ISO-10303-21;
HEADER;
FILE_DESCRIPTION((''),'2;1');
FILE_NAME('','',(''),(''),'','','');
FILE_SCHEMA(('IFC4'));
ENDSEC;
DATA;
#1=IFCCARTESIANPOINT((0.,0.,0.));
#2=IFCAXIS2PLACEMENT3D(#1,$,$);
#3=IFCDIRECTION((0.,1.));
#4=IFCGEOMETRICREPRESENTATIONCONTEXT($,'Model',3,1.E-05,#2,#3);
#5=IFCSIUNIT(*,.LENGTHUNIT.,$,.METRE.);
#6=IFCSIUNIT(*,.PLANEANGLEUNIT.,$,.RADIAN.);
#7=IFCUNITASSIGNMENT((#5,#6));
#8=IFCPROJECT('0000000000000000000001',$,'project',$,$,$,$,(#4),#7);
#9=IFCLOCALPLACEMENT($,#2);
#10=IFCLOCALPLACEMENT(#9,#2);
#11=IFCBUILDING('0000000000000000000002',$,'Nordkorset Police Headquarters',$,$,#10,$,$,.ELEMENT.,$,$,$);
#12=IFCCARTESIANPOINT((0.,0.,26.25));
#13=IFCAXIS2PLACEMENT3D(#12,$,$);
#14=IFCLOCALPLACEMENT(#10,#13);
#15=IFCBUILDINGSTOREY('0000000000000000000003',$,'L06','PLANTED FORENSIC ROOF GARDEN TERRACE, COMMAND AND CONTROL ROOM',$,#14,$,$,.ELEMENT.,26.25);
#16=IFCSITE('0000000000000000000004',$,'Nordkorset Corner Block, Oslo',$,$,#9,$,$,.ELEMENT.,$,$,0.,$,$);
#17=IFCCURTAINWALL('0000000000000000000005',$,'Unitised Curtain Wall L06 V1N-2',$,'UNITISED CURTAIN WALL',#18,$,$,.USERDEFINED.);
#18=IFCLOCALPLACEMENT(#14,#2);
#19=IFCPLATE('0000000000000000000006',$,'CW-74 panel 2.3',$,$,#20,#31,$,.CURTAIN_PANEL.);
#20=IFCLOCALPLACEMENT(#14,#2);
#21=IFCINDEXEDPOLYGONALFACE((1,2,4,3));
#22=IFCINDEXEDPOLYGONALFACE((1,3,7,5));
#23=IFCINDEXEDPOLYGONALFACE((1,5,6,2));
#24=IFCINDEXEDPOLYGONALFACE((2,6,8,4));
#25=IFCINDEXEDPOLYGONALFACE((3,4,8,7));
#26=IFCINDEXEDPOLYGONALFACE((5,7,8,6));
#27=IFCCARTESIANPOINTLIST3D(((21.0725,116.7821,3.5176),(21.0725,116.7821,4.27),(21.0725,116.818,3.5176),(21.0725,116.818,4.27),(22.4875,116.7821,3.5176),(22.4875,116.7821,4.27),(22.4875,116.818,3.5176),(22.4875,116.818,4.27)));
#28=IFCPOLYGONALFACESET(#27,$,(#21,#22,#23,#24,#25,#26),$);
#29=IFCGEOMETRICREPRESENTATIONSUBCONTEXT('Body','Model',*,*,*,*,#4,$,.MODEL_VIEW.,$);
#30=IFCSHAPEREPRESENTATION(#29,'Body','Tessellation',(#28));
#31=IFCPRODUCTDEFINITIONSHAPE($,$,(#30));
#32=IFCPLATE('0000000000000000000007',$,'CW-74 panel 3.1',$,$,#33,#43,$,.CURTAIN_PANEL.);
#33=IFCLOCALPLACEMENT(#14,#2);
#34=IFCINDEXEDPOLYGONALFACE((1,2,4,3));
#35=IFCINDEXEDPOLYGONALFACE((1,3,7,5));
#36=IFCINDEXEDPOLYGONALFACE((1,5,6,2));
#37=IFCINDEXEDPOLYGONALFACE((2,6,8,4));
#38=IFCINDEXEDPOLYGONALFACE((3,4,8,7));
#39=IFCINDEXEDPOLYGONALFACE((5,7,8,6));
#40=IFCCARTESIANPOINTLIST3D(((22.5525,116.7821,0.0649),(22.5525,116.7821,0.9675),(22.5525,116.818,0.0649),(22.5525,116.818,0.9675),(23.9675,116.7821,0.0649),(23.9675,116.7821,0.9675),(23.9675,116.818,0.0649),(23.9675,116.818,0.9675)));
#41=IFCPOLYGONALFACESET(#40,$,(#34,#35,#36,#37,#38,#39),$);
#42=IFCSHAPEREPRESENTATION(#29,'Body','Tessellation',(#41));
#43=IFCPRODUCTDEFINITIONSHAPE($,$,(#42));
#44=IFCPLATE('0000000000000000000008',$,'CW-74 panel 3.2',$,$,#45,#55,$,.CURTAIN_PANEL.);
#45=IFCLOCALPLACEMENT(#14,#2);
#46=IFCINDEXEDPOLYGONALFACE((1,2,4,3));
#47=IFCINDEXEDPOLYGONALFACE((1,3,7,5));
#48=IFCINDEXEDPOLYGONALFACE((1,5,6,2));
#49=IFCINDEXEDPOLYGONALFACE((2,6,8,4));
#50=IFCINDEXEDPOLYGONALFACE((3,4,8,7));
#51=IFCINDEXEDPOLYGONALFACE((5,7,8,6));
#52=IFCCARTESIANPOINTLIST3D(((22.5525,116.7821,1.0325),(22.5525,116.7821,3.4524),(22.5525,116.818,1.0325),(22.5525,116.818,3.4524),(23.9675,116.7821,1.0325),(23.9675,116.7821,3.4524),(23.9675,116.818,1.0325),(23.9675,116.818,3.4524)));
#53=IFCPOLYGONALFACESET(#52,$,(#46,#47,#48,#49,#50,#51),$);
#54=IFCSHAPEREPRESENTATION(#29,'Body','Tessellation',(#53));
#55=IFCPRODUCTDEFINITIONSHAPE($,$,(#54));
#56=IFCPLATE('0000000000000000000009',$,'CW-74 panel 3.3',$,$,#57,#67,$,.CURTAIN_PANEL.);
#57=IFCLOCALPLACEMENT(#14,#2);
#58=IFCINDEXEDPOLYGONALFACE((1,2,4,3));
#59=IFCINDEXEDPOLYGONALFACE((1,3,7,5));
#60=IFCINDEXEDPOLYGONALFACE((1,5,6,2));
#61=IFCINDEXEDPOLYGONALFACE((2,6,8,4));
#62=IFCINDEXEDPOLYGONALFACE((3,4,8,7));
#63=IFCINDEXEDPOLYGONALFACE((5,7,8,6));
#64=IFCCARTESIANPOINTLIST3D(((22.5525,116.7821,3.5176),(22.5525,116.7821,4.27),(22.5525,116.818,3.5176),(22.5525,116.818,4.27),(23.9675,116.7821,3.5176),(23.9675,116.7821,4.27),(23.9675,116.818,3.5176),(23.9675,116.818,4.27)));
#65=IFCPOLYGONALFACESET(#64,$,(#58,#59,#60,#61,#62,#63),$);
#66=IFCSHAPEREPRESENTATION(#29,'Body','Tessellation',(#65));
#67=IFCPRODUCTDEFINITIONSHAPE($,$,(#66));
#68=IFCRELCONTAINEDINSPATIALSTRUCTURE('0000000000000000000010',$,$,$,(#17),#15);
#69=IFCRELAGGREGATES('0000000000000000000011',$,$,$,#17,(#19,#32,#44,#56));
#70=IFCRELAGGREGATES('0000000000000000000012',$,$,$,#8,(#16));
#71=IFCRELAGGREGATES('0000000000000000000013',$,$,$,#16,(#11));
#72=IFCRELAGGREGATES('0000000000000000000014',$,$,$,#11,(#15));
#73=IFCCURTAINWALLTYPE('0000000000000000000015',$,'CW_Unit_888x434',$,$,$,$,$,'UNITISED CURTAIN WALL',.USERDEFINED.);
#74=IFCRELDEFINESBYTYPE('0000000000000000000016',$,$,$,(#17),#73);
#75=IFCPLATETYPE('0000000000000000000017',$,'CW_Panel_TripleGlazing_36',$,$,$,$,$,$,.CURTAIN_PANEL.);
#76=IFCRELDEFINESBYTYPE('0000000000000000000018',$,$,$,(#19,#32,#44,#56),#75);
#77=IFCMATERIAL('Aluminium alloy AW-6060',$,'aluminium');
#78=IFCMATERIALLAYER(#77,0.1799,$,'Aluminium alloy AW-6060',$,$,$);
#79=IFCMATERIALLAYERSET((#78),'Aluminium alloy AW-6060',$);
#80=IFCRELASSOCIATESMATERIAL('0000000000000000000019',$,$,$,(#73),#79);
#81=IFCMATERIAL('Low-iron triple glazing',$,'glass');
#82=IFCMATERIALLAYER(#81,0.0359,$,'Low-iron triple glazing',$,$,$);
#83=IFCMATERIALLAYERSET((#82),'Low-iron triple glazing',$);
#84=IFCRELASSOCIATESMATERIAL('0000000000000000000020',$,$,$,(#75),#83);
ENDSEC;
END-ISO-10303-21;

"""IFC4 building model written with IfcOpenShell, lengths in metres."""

from ifc_helpers import new_model, si_unit, direction, frame, origin, origin_2d, place, context, subcontext, project, spatial, rectangle, extrude, material, layer, layer_set, type_object, element, aggregate, save


model = new_model("IFC4")

# Units and contexts
model_context = context("Model", 3, precision=1e-05, world=origin(), true_north=direction((0.0, 1.0)))
body_context = subcontext(model_context, "Body", "Model", "MODEL_VIEW")
ifc_project = project(units=[si_unit("LENGTHUNIT", "METRE"), si_unit("PLANEANGLEUNIT", "RADIAN")], contexts=[model_context])

# Site, building, storey
site_placement = place(None, origin())
site = spatial("IfcSite", under=ifc_project, at=site_placement, Name="Nordkorset Corner Block, Oslo", CompositionType="ELEMENT", RefElevation=0.0)
building_placement = place(site_placement, origin())
building = spatial("IfcBuilding", under=site, at=building_placement, Name="Nordkorset Police Headquarters", CompositionType="ELEMENT")
storey_placement = place(building_placement, frame((0.0, 0.0, 26.25)))
storey = spatial("IfcBuildingStorey", under=building, at=storey_placement, Name="L06", Description="PLANTED FORENSIC ROOF GARDEN TERRACE, COMMAND AND CONTROL ROOM", CompositionType="ELEMENT", Elevation=26.25)

# Curtain wall
ifc_material_1 = material(Name="Aluminium alloy AW-6060", Category="aluminium")
ifc_layer_1 = layer(ifc_material_1, 0.1799, Name="Aluminium alloy AW-6060")
ifc_layer_set_1 = layer_set([ifc_layer_1], Name="Aluminium alloy AW-6060")
curtain_wall_type_1 = type_object("IfcCurtainWallType", Name="CW_Unit_888x434", ElementType="UNITISED CURTAIN WALL", PredefinedType="USERDEFINED", material=ifc_layer_set_1)
curtain_wall_1_placement = place(storey_placement, origin())
curtain_wall_1 = element("IfcCurtainWall", 1, at=curtain_wall_1_placement, inside=storey, type_object=curtain_wall_type_1, Name="Unitised Curtain Wall L06 V1N-2", ObjectType="UNITISED CURTAIN WALL", PredefinedType="USERDEFINED")

# Plates
ifc_material_2 = material(Name="Low-iron triple glazing", Category="glass")
ifc_layer_2 = layer(ifc_material_2, 0.0359, Name="Low-iron triple glazing")
ifc_layer_set_2 = layer_set([ifc_layer_2], Name="Low-iron triple glazing")
plate_type = type_object("IfcPlateType", Name="CW_Panel_TripleGlazing_36", PredefinedType="CURTAIN_PANEL", material=ifc_layer_set_2)
plate_1_placement = place(storey_placement, frame((21.78, 116.8, 3.5176), z_axis=(0.0, 0.0, 1.0), x_axis=(1.0, 0.0, 0.0)))
plate_1 = element("IfcPlate", 2, at=plate_1_placement, type_object=plate_type, Name="CW-74 panel 2.3", PredefinedType="CURTAIN_PANEL", context=body_context, shape_type="SweptSolid", body=[
    extrude(rectangle(XDim=1.415, YDim=0.0359, at=origin_2d()), origin(), (0.0, 0.0, 1.0), 0.7524),
])
plate_2_placement = place(storey_placement, frame((23.26, 116.8, 0.0649), z_axis=(0.0, 0.0, 1.0), x_axis=(1.0, 0.0, 0.0)))
plate_2 = element("IfcPlate", 3, at=plate_2_placement, type_object=plate_type, Name="CW-74 panel 3.1", PredefinedType="CURTAIN_PANEL", context=body_context, shape_type="SweptSolid", body=[
    extrude(rectangle(XDim=1.415, YDim=0.0359, at=origin_2d()), origin(), (0.0, 0.0, 1.0), 0.9026),
])
plate_3_placement = place(storey_placement, frame((23.26, 116.8, 1.0325), z_axis=(0.0, 0.0, 1.0), x_axis=(1.0, 0.0, 0.0)))
plate_3 = element("IfcPlate", 4, at=plate_3_placement, type_object=plate_type, Name="CW-74 panel 3.2", PredefinedType="CURTAIN_PANEL", context=body_context, shape_type="SweptSolid", body=[
    extrude(rectangle(XDim=1.415, YDim=0.0359, at=origin_2d()), origin(), (0.0, 0.0, 1.0), 2.4199),
])
plate_4_placement = place(storey_placement, frame((23.26, 116.8, 3.5176), z_axis=(0.0, 0.0, 1.0), x_axis=(1.0, 0.0, 0.0)))
plate_4 = element("IfcPlate", 5, at=plate_4_placement, type_object=plate_type, Name="CW-74 panel 3.3", PredefinedType="CURTAIN_PANEL", context=body_context, shape_type="SweptSolid", body=[
    extrude(rectangle(XDim=1.415, YDim=0.0359, at=origin_2d()), origin(), (0.0, 0.0, 1.0), 0.7524),
])
aggregate(curtain_wall_1, [plate_1, plate_2, plate_3, plate_4])

save(model, "model.ifc")
